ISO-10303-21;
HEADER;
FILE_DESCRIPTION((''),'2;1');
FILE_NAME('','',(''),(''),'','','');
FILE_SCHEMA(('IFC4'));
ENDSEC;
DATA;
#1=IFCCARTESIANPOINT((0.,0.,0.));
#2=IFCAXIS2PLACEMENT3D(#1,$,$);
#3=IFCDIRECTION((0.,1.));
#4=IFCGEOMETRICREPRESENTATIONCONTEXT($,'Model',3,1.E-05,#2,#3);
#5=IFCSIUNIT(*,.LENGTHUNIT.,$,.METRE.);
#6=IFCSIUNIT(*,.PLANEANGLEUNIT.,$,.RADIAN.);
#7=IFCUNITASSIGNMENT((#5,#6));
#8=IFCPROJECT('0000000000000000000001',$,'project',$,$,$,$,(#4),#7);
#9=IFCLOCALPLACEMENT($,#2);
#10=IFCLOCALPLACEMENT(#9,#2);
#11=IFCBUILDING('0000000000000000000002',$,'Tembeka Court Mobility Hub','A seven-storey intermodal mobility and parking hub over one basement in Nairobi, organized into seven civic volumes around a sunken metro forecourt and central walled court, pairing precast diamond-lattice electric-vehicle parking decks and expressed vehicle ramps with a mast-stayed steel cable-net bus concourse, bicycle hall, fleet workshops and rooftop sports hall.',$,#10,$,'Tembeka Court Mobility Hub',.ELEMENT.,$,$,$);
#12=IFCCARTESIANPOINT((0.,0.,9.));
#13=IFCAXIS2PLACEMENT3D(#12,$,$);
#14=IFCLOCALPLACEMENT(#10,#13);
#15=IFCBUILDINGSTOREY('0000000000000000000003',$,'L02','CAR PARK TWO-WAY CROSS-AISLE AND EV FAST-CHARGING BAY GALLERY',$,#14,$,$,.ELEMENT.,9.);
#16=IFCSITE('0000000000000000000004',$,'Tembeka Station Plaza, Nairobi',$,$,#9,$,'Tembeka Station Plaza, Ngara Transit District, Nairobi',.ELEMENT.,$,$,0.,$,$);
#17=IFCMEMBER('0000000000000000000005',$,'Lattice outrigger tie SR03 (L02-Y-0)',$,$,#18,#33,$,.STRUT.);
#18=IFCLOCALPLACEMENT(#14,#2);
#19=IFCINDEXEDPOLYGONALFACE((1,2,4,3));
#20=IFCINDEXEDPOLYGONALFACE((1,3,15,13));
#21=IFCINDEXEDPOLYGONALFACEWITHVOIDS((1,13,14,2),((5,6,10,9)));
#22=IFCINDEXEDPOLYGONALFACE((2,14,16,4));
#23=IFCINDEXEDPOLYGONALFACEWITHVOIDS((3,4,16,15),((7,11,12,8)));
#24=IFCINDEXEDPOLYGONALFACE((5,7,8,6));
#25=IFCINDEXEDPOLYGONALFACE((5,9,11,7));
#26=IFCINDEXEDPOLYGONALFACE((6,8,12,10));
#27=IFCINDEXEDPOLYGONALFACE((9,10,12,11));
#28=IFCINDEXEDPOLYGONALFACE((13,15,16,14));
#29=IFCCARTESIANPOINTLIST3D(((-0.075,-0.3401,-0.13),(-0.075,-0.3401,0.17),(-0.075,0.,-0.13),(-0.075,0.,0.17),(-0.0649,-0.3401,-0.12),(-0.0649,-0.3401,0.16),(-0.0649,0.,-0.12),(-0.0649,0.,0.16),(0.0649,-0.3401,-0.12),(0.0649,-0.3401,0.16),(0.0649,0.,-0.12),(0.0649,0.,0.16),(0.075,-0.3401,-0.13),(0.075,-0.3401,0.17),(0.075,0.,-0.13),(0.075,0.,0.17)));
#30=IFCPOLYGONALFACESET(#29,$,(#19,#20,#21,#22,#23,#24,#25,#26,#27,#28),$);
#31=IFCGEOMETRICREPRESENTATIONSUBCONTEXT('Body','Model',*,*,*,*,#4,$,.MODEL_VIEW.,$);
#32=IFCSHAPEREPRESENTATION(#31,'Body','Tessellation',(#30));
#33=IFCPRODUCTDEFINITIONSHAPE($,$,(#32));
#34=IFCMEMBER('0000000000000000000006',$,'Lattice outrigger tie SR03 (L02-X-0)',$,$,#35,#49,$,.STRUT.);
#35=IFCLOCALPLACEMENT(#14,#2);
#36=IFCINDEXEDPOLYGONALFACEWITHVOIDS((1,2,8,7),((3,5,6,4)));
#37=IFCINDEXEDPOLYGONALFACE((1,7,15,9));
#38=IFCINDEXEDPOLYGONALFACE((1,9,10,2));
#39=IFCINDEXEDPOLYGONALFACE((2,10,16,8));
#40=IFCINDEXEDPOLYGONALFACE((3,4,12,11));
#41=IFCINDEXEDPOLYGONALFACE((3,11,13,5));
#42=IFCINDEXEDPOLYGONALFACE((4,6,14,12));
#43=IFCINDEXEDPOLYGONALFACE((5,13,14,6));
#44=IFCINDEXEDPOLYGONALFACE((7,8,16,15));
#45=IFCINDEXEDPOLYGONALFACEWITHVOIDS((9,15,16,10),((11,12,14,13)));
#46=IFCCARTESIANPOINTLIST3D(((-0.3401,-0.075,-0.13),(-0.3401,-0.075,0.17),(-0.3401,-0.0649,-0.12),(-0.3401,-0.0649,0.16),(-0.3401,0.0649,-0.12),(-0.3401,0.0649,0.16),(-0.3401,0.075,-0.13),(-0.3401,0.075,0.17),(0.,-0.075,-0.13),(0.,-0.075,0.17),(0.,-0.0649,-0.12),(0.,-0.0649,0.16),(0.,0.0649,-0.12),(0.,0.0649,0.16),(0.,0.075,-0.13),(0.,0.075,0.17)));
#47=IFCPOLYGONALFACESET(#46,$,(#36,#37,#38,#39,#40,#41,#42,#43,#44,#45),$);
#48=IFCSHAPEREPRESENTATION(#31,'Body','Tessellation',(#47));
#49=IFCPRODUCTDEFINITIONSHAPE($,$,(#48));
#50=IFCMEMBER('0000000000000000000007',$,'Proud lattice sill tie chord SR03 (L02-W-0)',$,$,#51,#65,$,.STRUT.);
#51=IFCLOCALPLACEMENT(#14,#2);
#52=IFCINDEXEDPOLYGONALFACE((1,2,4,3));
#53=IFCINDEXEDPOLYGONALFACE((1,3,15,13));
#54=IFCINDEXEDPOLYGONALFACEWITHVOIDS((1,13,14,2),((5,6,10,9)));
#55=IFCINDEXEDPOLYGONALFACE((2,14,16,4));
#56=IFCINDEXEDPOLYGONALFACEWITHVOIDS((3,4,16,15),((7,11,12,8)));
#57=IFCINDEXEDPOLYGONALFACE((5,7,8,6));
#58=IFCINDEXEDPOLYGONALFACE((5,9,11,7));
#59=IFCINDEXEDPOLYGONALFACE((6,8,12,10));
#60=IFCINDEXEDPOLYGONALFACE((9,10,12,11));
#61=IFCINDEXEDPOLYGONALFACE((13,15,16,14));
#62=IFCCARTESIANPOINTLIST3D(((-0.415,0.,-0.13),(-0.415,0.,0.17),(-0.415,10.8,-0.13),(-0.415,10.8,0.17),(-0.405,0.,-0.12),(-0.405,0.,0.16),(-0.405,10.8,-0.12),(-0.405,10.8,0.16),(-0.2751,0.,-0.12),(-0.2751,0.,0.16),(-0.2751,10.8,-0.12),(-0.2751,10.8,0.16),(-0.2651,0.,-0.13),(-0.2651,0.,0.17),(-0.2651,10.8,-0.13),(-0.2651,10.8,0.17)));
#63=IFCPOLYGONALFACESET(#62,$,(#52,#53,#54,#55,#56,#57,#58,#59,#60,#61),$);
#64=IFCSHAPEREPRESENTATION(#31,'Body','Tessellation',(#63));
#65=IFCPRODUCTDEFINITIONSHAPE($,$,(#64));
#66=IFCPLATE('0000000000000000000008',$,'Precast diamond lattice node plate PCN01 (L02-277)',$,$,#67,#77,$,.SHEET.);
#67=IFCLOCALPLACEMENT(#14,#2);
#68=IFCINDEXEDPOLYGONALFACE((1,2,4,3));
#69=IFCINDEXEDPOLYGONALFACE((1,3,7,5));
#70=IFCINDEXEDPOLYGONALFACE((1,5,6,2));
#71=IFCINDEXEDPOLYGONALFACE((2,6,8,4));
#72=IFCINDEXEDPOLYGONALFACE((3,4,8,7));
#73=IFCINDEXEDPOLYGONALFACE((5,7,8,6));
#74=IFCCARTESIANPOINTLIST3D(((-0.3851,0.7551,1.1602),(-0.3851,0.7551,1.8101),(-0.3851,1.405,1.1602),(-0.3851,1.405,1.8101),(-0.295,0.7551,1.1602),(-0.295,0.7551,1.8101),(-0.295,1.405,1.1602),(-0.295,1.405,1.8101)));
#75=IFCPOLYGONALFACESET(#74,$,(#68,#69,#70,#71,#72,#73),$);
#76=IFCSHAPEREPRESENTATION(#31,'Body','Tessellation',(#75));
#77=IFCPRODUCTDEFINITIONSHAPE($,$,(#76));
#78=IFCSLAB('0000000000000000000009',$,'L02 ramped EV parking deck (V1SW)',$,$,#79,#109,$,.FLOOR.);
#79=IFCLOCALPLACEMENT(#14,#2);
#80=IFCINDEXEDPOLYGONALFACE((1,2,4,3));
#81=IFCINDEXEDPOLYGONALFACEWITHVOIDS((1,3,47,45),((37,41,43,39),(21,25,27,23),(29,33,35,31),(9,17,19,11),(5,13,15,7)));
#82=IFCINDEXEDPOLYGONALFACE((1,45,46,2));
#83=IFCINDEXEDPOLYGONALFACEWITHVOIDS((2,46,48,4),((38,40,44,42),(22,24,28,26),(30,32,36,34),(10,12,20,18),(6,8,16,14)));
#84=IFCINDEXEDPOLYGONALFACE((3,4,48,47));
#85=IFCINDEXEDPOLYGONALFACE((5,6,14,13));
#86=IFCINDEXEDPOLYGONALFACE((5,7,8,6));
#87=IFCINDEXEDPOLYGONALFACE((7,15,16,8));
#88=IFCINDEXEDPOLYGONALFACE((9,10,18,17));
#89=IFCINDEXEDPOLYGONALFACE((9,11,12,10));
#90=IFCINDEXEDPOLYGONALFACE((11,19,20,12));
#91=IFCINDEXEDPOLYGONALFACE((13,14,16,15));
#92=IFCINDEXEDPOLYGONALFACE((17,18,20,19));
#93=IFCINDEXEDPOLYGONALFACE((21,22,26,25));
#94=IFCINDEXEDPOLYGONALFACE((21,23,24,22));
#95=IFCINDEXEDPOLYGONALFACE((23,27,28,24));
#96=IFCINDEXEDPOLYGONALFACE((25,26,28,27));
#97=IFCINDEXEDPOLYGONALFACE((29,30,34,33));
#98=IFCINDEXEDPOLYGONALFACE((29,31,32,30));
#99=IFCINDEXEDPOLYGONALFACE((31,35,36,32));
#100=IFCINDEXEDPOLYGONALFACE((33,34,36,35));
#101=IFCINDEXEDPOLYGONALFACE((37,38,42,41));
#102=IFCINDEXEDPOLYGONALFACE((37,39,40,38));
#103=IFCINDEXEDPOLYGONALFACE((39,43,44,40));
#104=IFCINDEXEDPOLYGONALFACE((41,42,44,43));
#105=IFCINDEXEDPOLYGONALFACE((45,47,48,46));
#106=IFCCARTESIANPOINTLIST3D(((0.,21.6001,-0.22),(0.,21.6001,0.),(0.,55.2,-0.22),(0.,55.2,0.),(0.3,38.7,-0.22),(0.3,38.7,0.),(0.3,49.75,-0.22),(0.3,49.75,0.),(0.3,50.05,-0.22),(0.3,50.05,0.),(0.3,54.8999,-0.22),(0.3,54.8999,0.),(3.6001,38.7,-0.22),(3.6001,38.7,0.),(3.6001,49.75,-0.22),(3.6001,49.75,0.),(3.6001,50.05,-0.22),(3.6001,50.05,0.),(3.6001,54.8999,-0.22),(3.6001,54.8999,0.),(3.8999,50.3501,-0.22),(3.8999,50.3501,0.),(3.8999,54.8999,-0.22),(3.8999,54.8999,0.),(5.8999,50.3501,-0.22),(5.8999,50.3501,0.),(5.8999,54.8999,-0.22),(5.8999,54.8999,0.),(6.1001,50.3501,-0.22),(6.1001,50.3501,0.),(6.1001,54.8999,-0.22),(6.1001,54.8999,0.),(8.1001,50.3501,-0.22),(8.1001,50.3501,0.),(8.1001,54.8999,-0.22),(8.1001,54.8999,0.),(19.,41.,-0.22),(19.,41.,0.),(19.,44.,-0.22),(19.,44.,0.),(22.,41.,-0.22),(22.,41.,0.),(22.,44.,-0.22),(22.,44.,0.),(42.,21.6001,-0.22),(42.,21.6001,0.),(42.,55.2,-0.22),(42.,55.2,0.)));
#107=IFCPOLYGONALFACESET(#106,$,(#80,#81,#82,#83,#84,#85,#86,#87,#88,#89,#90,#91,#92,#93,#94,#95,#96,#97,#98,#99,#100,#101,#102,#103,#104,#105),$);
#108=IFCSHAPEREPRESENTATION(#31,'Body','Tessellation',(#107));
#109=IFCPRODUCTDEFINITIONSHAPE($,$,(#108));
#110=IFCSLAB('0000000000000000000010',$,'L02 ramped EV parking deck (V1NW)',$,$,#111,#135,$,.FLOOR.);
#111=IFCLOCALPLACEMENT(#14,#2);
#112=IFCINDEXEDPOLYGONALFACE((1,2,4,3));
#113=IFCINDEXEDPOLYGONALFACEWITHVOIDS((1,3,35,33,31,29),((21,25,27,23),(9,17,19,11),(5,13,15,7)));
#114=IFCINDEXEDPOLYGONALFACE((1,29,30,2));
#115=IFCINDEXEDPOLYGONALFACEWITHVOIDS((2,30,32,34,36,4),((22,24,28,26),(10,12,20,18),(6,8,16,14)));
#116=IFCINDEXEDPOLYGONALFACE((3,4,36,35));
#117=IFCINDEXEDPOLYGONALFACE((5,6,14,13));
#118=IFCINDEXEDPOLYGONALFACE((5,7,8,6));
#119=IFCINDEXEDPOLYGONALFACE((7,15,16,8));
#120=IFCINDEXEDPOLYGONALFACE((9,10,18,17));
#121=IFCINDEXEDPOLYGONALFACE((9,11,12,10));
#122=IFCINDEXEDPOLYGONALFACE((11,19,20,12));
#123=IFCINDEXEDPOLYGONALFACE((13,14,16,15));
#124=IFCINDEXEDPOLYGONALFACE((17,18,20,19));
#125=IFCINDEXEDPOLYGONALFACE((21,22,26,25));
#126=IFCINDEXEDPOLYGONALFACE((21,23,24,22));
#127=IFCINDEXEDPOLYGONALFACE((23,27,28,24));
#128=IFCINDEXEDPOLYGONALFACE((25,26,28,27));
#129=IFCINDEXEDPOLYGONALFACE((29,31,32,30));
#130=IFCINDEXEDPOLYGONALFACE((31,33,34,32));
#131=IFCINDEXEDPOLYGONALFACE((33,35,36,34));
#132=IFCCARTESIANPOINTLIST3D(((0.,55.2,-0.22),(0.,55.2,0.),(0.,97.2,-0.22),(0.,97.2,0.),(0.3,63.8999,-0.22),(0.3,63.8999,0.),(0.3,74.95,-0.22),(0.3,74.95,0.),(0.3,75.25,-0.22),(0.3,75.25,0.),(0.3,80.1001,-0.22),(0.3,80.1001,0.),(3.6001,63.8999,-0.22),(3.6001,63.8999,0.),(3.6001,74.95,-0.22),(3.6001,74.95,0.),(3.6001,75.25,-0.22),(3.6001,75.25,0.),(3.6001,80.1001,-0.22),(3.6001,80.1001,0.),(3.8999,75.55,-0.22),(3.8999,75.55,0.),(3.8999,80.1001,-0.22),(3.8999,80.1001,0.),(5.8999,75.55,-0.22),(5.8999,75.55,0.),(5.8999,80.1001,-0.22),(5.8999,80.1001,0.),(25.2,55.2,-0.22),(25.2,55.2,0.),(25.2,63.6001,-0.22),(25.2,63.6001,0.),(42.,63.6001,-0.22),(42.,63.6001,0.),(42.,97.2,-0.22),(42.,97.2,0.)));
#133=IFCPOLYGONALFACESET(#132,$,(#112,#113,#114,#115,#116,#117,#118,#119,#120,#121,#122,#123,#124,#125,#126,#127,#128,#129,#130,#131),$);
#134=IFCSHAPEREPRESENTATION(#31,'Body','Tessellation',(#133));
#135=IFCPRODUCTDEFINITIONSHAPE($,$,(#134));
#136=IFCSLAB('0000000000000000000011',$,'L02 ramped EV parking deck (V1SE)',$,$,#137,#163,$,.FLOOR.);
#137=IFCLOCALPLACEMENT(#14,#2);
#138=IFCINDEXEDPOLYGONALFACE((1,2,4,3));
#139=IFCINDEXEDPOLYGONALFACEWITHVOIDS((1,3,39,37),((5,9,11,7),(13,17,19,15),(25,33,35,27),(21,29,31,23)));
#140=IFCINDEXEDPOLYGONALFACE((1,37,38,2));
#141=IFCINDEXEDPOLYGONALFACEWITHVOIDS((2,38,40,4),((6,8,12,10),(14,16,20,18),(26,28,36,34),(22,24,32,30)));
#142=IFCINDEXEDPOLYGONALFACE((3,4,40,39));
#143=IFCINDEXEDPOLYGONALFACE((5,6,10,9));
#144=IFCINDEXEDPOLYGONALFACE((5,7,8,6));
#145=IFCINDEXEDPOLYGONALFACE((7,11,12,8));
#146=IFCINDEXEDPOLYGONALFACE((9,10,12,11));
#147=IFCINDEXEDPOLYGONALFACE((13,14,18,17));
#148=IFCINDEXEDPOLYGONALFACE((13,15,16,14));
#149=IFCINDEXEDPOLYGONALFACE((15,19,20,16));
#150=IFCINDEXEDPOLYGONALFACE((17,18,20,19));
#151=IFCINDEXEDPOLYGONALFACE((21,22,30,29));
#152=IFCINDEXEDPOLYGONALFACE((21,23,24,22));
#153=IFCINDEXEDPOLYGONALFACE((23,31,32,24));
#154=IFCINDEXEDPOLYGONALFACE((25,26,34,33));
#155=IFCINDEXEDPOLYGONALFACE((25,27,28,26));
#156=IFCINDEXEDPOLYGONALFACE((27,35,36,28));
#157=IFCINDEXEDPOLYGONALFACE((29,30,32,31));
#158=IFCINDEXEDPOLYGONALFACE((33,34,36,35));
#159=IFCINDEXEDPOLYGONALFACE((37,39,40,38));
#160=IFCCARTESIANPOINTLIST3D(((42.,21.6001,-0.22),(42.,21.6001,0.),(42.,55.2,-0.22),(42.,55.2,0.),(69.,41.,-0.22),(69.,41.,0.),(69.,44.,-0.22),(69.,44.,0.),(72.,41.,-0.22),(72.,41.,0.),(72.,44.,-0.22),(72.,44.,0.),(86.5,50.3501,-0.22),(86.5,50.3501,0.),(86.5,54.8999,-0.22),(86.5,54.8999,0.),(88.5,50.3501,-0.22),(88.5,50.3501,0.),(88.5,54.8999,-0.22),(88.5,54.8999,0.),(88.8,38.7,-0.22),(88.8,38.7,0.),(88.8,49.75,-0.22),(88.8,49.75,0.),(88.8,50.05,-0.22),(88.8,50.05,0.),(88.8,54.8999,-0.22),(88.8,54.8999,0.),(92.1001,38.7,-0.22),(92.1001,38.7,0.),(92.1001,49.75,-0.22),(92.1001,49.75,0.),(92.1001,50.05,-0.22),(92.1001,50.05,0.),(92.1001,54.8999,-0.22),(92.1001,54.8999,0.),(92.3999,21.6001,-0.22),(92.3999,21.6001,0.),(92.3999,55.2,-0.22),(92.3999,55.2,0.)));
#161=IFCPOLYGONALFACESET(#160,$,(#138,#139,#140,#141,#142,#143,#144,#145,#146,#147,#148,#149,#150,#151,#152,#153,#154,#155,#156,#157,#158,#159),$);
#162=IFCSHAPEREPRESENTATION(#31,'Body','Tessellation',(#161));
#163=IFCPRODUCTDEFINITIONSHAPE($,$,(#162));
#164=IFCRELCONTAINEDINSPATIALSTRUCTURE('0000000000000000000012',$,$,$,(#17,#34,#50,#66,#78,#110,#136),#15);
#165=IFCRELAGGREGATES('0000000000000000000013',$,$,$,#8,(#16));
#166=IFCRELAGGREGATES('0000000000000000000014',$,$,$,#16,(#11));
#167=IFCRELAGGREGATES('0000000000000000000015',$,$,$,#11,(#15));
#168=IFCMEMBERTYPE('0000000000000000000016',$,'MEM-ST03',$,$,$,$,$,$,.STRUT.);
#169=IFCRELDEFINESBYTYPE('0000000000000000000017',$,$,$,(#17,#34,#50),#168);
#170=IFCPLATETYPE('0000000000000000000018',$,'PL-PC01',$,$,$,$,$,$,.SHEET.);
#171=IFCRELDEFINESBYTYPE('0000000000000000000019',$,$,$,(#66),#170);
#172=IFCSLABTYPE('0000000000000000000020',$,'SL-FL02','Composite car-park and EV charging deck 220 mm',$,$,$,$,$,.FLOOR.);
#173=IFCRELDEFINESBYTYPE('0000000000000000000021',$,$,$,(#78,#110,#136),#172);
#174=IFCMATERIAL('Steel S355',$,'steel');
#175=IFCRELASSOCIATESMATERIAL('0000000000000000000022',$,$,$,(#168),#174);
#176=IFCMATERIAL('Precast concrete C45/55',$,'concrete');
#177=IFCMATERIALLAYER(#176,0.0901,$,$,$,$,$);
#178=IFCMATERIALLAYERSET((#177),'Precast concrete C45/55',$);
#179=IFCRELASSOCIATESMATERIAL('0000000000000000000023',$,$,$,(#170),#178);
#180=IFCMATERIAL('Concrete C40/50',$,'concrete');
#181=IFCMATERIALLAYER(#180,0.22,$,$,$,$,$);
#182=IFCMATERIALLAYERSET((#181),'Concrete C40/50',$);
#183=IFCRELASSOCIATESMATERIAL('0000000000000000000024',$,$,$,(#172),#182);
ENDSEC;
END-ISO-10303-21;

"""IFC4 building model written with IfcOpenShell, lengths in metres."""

from ifc_helpers import new_model, si_unit, direction, frame, origin, origin_2d, place, context, subcontext, project, spatial, polyline, rectangle, hollow_rectangle, outline, extrude, material, layer, layer_set, material_profile, profile_set, type_object, element, save


model = new_model("IFC4")

# Units and contexts
model_context = context("Model", 3, precision=1e-05, world=origin(), true_north=direction((0.0, 1.0)))
body_context = subcontext(model_context, "Body", "Model", "MODEL_VIEW")
ifc_project = project(units=[si_unit("LENGTHUNIT", "METRE"), si_unit("PLANEANGLEUNIT", "RADIAN")], contexts=[model_context])

# Site, building, storey
site_placement = place(None, origin())
site = spatial("IfcSite", under=ifc_project, at=site_placement, Name="Tembeka Station Plaza, Nairobi", LongName="Tembeka Station Plaza, Ngara Transit District, Nairobi", CompositionType="ELEMENT", RefElevation=0.0)
building_placement = place(site_placement, origin())
building = spatial("IfcBuilding", under=site, at=building_placement, Name="Tembeka Court Mobility Hub", Description="A seven-storey intermodal mobility and parking hub over one basement in Nairobi, organized into seven civic volumes around a sunken metro forecourt and central walled court, pairing precast diamond-lattice electric-vehicle parking decks and expressed vehicle ramps with a mast-stayed steel cable-net bus concourse, bicycle hall, fleet workshops and rooftop sports hall.", LongName="Tembeka Court Mobility Hub", CompositionType="ELEMENT")
storey_placement = place(building_placement, frame((0.0, 0.0, 9.0)))
storey = spatial("IfcBuildingStorey", under=building, at=storey_placement, Name="L02", Description="CAR PARK TWO-WAY CROSS-AISLE AND EV FAST-CHARGING BAY GALLERY", CompositionType="ELEMENT", Elevation=9.0)

# Shared definitions
ifc_material_1 = material(Name="Steel S355", Category="steel")

# Shared definitions
ifc_material_2 = material(Name="Precast concrete C45/55", Category="concrete")

# Members
ifc_material_profile_1 = material_profile(ifc_material_1, hollow_rectangle(XDim=0.1499, YDim=0.3, WallThickness=0.01, at=origin_2d()), Name="RHS 300x150x10")
ifc_profile_set_1 = profile_set([ifc_material_profile_1], Name="Steel S355")
member_type_1 = type_object("IfcMemberType", Name="MEM-ST03", PredefinedType="STRUT", material=ifc_profile_set_1)
for number, where, z_axis, x_axis, name in (
    (1, (0.0, 0.0, 0.02), (0.0, -1.0, 0.0), (1.0, 0.0, 0.0), "Lattice outrigger tie SR03 (L02-Y-0)"),
    (2, (0.0, 0.0, 0.02), (-1.0, 0.0, 0.0), (0.0, -1.0, 0.0), "Lattice outrigger tie SR03 (L02-X-0)"),
):
    element("IfcMember", number, at=place(storey_placement, frame(where, z_axis=z_axis, x_axis=x_axis)), inside=storey, type_object=member_type_1, Name=name, PredefinedType="STRUT", context=body_context, shape_type="SweptSolid", body=[
        extrude(hollow_rectangle(XDim=0.1499, YDim=0.3, WallThickness=0.01, at=origin_2d()), origin(), (0.0, 0.0, 1.0), 0.3401),
    ])
member_1_placement = place(storey_placement, frame((-0.3401, 0.0, 0.02), z_axis=(0.0, 1.0, 0.0), x_axis=(-1.0, 0.0, 0.0)))
element("IfcMember", 3, at=member_1_placement, inside=storey, type_object=member_type_1, Name="Proud lattice sill tie chord SR03 (L02-W-0)", PredefinedType="STRUT", context=body_context, shape_type="SweptSolid", body=[
    extrude(hollow_rectangle(XDim=0.1499, YDim=0.3, WallThickness=0.01, at=origin_2d()), origin(), (0.0, 0.0, 1.0), 10.8),
])

# Plate
ifc_layer_1 = layer(ifc_material_2, 0.0901)
ifc_layer_set_1 = layer_set([ifc_layer_1], Name="Precast concrete C45/55")
plate_type = type_object("IfcPlateType", Name="PL-PC01", PredefinedType="SHEET", material=ifc_layer_set_1)
plate_placement = place(storey_placement, frame((-0.3401, 1.0801, 1.1602), z_axis=(0.0, 0.0, 1.0), x_axis=(1.0, 0.0, 0.0)))
element("IfcPlate", 4, at=plate_placement, inside=storey, type_object=plate_type, Name="Precast diamond lattice node plate PCN01 (L02-277)", PredefinedType="SHEET", context=body_context, shape_type="SweptSolid", body=[
    extrude(rectangle(XDim=0.0901, YDim=0.6499, at=origin_2d()), origin(), (0.0, 0.0, 1.0), 0.6499),
])

# Slabs
ifc_material_3 = material(Name="Concrete C40/50", Category="concrete")
ifc_layer_2 = layer(ifc_material_3, 0.22)
ifc_layer_set_2 = layer_set([ifc_layer_2], Name="Concrete C40/50")
slab_type_1 = type_object("IfcSlabType", Name="SL-FL02", Description="Composite car-park and EV charging deck 220 mm", PredefinedType="FLOOR", material=ifc_layer_set_2)
slab_1_placement = place(storey_placement, frame((0.0, 0.0, -0.22)))
element("IfcSlab", 5, at=slab_1_placement, inside=storey, type_object=slab_type_1, Name="L02 ramped EV parking deck (V1SW)", PredefinedType="FLOOR", context=body_context, shape_type="SweptSolid", body=[
    extrude(outline(polyline([(0.0, 21.6001), (42.0, 21.6001), (42.0, 55.2), (0.0, 55.2), (0.0, 21.6001)]), holes=[polyline([(0.3, 49.75), (3.6001, 49.75), (3.6001, 38.7), (0.3, 38.7), (0.3, 49.75)]), polyline([(3.8999, 54.8999), (5.8999, 54.8999), (5.8999, 50.3501), (3.8999, 50.3501), (3.8999, 54.8999)]), polyline([(6.1001, 54.8999), (8.1001, 54.8999), (8.1001, 50.3501), (6.1001, 50.3501), (6.1001, 54.8999)]), polyline([(0.3, 54.8999), (3.6001, 54.8999), (3.6001, 50.05), (0.3, 50.05), (0.3, 54.8999)]), polyline([(19.0, 44.0), (22.0, 44.0), (22.0, 41.0), (19.0, 41.0), (19.0, 44.0)])]), origin(), (0.0, 0.0, 1.0), 0.22),
])
slab_2_placement = place(storey_placement, frame((0.0, 0.0, -0.22)))
element("IfcSlab", 6, at=slab_2_placement, inside=storey, type_object=slab_type_1, Name="L02 ramped EV parking deck (V1NW)", PredefinedType="FLOOR", context=body_context, shape_type="SweptSolid", body=[
    extrude(outline(polyline([(0.0, 55.2), (25.2, 55.2), (25.2, 63.6001), (42.0, 63.6001), (42.0, 97.2), (0.0, 97.2), (0.0, 55.2)]), holes=[polyline([(0.3, 74.95), (3.6001, 74.95), (3.6001, 63.8999), (0.3, 63.8999), (0.3, 74.95)]), polyline([(3.8999, 80.1001), (5.8999, 80.1001), (5.8999, 75.55), (3.8999, 75.55), (3.8999, 80.1001)]), polyline([(0.3, 80.1001), (3.6001, 80.1001), (3.6001, 75.25), (0.3, 75.25), (0.3, 80.1001)])]), origin(), (0.0, 0.0, 1.0), 0.22),
])
slab_3_placement = place(storey_placement, frame((0.0, 0.0, -0.22)))
element("IfcSlab", 7, at=slab_3_placement, inside=storey, type_object=slab_type_1, Name="L02 ramped EV parking deck (V1SE)", PredefinedType="FLOOR", context=body_context, shape_type="SweptSolid", body=[
    extrude(outline(polyline([(42.0, 21.6001), (92.3999, 21.6001), (92.3999, 55.2), (42.0, 55.2), (42.0, 21.6001)]), holes=[polyline([(88.8, 49.75), (92.1001, 49.75), (92.1001, 38.7), (88.8, 38.7), (88.8, 49.75)]), polyline([(86.5, 54.8999), (88.5, 54.8999), (88.5, 50.3501), (86.5, 50.3501), (86.5, 54.8999)]), polyline([(88.8, 54.8999), (92.1001, 54.8999), (92.1001, 50.05), (88.8, 50.05), (88.8, 54.8999)]), polyline([(69.0, 44.0), (72.0, 44.0), (72.0, 41.0), (69.0, 41.0), (69.0, 44.0)])]), origin(), (0.0, 0.0, 1.0), 0.22),
])

save(model, "model.ifc")
